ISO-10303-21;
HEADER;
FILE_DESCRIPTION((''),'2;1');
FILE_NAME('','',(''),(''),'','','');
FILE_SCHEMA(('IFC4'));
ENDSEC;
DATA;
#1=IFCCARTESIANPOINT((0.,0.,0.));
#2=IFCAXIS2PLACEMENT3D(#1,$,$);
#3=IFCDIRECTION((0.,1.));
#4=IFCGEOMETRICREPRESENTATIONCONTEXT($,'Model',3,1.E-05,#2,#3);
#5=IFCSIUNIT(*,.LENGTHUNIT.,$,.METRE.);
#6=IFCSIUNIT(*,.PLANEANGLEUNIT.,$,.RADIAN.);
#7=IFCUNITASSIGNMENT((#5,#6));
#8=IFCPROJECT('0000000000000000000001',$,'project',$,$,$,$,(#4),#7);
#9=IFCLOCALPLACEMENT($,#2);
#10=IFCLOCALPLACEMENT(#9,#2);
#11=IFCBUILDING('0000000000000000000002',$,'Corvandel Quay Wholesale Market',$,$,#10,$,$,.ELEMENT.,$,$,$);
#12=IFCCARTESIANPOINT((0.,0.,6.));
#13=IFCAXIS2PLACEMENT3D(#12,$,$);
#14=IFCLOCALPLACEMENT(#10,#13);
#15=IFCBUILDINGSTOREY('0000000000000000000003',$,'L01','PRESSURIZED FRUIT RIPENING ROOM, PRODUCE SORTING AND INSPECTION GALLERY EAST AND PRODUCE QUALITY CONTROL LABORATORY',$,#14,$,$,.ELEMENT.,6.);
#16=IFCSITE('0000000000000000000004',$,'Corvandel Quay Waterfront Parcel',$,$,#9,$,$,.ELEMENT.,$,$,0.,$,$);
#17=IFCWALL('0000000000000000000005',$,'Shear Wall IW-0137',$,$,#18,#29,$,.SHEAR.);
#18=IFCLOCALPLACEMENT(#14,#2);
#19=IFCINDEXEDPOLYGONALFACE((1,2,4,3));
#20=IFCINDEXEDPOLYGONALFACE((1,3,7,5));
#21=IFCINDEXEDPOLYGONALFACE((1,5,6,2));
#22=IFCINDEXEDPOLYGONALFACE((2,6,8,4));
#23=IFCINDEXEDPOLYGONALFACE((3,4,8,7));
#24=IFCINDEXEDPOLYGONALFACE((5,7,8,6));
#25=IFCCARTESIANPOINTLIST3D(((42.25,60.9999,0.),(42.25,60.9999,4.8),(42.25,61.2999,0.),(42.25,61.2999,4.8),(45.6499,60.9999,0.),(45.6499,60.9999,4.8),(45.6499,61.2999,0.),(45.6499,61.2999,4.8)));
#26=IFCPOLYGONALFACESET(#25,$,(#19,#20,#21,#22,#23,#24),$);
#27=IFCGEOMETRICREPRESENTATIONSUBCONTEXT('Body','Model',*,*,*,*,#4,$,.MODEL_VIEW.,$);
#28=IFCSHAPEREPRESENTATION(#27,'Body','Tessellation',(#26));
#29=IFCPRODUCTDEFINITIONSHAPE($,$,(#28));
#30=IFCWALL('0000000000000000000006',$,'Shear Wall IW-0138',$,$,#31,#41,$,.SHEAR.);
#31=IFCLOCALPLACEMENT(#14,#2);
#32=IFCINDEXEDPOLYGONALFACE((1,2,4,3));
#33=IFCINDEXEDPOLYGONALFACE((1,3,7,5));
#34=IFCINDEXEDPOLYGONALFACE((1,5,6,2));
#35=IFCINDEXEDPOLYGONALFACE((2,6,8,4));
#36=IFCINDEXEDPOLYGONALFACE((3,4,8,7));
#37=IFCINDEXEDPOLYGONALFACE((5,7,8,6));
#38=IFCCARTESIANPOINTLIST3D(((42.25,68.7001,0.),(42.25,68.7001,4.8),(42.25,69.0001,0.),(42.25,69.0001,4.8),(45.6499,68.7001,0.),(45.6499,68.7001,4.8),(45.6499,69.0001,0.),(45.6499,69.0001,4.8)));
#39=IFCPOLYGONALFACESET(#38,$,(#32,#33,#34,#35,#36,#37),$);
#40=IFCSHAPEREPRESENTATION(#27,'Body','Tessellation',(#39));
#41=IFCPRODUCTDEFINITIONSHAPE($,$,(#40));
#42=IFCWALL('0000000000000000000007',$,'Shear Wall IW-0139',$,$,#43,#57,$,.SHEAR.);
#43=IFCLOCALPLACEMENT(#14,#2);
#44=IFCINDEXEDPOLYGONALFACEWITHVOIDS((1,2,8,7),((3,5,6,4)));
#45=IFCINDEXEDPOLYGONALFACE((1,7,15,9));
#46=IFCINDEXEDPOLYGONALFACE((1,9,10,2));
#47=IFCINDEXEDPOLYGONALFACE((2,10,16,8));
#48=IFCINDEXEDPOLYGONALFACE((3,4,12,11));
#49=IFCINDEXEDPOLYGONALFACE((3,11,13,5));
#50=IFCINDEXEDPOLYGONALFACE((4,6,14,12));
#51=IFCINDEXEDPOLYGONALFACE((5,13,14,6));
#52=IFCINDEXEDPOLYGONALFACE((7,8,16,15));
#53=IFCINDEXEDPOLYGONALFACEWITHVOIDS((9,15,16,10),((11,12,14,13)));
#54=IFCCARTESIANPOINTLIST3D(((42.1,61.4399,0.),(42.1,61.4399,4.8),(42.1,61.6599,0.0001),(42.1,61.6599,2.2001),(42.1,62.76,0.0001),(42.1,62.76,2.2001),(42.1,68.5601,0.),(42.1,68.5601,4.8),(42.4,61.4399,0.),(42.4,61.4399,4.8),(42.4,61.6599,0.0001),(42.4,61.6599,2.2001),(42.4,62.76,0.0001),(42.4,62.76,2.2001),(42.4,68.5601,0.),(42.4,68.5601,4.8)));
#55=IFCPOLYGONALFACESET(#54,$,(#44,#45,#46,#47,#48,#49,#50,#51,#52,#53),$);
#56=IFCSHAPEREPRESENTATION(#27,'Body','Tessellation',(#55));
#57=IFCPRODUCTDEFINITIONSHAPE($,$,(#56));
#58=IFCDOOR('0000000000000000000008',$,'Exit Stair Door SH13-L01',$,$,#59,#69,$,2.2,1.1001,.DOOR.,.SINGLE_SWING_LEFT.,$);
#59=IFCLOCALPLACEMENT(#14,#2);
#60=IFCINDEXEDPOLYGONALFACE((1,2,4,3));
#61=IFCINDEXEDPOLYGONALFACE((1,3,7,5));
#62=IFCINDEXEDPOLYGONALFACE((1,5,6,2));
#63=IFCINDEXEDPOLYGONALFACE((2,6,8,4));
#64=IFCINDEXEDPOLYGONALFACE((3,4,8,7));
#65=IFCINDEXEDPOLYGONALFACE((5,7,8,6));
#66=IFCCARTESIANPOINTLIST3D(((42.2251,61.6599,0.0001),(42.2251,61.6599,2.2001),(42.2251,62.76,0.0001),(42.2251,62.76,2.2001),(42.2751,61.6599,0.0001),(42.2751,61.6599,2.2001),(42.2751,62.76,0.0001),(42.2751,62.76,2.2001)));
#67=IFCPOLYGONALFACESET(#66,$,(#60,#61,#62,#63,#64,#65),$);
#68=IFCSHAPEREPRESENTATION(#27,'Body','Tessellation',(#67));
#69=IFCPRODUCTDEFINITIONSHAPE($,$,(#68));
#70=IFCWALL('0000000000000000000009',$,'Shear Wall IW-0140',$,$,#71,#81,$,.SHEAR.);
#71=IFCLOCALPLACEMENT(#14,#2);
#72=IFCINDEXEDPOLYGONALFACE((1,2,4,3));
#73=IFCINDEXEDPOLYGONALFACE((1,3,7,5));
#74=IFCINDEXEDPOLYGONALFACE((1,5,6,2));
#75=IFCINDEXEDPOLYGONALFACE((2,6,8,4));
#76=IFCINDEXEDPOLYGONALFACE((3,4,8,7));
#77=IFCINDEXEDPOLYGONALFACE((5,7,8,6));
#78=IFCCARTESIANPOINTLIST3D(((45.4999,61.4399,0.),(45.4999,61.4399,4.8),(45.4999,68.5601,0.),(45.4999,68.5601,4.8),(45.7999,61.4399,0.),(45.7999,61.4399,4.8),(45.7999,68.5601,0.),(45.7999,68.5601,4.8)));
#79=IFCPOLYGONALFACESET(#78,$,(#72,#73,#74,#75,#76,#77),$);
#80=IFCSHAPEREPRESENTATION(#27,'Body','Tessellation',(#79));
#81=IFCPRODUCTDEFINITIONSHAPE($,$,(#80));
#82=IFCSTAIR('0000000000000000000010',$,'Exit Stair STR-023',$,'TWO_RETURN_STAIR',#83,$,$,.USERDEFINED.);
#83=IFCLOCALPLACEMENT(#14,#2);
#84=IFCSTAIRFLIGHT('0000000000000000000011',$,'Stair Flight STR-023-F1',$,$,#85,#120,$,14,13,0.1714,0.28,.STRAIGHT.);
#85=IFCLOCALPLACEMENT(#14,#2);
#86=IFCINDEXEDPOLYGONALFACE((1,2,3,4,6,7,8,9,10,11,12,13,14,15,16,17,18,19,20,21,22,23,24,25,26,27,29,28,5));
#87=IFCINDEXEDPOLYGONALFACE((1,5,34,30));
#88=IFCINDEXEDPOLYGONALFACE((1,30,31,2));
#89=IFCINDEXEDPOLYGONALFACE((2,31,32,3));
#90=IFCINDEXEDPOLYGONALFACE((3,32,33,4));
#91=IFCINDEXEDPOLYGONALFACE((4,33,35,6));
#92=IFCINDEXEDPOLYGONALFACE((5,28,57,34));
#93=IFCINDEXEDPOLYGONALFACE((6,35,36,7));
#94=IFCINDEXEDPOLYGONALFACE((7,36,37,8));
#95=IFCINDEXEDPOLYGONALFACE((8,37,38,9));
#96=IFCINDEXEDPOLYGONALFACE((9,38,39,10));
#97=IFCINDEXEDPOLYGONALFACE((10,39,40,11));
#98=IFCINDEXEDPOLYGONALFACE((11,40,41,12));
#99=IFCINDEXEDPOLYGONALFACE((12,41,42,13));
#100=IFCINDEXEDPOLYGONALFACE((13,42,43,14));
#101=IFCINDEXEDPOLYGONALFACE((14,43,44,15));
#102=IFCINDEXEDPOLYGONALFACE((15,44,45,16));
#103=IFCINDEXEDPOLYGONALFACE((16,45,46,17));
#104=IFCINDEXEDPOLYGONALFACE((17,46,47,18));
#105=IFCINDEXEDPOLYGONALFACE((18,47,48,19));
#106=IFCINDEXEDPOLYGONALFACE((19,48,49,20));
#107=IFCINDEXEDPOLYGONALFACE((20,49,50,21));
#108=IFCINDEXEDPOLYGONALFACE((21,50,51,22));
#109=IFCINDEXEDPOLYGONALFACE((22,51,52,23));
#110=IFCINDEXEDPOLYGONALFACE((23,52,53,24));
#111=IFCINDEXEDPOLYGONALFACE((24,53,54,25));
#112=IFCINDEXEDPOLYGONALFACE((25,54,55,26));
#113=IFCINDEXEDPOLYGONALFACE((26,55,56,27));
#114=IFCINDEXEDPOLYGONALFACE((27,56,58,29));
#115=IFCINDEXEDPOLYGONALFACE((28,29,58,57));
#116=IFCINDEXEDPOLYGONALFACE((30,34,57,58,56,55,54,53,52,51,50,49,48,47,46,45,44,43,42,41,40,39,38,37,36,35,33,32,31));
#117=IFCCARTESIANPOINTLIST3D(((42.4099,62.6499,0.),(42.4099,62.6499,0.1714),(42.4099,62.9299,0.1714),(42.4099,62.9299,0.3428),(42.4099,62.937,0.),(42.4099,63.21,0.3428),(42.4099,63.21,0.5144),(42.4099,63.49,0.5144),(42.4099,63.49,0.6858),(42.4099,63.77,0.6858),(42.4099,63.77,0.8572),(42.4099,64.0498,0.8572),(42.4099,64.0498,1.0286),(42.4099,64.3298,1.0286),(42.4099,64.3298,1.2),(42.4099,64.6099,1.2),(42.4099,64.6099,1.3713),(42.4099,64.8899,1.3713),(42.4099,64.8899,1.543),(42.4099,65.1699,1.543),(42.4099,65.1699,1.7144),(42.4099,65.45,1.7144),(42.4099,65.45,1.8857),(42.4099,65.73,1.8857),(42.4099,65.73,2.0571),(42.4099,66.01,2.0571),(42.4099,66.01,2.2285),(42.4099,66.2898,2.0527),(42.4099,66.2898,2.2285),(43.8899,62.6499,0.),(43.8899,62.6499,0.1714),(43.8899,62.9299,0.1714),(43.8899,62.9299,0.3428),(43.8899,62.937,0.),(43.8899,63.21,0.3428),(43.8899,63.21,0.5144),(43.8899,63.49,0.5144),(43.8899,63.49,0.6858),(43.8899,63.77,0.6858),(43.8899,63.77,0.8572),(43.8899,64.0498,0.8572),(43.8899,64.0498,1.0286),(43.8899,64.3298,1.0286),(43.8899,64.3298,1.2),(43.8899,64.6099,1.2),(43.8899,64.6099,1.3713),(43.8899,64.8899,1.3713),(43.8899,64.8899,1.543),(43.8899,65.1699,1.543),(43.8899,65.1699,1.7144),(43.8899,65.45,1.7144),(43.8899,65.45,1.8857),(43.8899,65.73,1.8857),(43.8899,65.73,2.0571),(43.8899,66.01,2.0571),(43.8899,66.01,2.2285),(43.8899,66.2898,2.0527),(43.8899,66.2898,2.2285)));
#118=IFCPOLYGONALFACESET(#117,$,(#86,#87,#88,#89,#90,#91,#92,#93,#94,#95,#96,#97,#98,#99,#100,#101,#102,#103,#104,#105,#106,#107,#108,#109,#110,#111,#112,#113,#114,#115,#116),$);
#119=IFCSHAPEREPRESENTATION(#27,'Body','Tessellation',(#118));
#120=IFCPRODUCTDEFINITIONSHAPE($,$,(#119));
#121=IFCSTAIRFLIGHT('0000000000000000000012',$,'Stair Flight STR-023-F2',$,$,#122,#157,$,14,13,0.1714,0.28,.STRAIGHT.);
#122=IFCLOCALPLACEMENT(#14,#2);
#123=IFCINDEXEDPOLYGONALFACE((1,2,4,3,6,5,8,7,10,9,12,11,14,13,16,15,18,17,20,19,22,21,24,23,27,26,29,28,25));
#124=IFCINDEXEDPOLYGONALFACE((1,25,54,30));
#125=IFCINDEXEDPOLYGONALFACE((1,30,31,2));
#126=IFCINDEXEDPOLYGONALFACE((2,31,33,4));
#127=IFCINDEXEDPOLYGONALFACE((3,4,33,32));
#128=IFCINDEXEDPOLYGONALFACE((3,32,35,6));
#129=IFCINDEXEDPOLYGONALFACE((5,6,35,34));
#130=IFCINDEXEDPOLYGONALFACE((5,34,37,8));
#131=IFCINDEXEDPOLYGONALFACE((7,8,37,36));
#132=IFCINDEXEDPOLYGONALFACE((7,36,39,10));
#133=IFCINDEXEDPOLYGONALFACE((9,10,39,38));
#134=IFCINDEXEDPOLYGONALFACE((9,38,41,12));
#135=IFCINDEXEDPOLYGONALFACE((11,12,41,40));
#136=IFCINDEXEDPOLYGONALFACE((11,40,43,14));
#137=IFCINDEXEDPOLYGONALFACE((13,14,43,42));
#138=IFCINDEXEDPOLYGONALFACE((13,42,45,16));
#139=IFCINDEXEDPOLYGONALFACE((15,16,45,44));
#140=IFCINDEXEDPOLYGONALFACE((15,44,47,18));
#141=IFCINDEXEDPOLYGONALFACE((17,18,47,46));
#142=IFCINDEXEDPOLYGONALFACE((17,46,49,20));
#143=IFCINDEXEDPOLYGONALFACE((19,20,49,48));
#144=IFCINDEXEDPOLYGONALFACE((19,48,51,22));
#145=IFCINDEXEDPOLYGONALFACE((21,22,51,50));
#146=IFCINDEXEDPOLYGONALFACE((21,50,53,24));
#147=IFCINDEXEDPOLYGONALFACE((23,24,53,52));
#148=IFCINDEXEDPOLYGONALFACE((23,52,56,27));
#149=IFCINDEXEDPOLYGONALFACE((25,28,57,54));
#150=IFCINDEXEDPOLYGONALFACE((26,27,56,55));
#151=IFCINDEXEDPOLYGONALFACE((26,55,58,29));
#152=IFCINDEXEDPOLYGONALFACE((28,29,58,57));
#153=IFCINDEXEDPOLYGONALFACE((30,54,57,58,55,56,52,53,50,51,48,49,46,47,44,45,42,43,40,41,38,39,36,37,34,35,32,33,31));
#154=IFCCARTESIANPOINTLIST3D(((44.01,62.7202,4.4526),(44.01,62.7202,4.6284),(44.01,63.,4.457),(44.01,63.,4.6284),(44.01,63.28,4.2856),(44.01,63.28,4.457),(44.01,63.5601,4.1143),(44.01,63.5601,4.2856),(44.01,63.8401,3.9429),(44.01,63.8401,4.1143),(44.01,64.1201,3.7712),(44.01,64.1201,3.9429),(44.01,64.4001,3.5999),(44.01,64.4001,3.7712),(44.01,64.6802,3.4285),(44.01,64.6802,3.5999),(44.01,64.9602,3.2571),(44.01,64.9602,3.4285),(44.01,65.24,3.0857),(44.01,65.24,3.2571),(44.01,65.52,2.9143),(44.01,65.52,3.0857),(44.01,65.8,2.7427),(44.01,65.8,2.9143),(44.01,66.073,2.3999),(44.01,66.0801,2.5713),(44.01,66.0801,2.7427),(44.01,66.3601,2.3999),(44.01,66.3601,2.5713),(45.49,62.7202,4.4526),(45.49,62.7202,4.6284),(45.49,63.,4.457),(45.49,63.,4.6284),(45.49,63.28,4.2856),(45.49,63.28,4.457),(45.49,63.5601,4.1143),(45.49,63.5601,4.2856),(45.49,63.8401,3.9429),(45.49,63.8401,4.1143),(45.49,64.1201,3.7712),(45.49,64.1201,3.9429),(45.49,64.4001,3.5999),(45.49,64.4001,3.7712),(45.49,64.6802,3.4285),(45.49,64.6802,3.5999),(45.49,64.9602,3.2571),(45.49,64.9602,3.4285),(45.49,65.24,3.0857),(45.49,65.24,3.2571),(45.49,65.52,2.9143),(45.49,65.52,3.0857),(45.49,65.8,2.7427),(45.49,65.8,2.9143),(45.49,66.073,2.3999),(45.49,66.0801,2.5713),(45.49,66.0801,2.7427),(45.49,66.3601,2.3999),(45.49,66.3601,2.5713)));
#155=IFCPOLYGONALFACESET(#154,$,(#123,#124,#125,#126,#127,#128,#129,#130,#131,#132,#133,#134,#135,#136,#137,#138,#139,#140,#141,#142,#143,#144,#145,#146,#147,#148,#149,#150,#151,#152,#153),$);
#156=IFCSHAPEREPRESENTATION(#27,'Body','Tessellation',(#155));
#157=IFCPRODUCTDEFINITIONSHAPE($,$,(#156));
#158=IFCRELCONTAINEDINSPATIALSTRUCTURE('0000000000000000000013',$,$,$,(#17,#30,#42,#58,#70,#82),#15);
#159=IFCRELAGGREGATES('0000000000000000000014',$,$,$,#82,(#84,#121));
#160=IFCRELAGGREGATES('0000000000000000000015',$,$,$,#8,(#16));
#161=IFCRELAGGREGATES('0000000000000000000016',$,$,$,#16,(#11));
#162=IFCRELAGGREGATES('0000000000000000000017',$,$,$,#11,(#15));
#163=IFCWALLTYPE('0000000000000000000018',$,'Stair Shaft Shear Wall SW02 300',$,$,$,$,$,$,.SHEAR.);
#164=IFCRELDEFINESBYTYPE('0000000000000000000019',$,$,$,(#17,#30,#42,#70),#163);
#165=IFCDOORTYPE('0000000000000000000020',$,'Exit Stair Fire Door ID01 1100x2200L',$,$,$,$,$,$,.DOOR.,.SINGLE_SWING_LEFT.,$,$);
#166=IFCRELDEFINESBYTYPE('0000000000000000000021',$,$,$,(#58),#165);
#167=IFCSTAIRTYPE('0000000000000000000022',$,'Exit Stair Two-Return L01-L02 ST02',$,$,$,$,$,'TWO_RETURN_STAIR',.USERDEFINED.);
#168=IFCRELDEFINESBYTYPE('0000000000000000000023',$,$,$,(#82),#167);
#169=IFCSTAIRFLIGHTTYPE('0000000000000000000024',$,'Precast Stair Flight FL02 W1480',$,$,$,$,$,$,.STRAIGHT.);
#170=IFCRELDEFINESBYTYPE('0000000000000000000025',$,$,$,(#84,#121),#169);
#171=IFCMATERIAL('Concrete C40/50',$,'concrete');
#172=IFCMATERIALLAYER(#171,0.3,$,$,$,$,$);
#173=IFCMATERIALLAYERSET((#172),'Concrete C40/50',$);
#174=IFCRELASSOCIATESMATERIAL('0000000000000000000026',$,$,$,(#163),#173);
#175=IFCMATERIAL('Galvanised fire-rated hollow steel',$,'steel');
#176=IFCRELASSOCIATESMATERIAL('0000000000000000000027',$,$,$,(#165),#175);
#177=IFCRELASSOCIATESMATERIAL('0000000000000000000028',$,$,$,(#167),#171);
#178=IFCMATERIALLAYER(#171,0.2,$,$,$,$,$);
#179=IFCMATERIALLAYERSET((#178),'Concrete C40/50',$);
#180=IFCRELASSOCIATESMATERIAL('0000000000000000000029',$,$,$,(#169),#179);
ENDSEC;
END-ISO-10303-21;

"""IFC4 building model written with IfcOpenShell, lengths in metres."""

from ifc_helpers import new_model, si_unit, direction, frame, frame_2d, origin, place, context, subcontext, project, spatial, polyline, rectangle, outline, extrude, material, layer, layer_set, type_object, element, fill, aggregate, save


model = new_model("IFC4")

# Units and contexts
model_context = context("Model", 3, precision=1e-05, world=origin(), true_north=direction((0.0, 1.0)))
body_context = subcontext(model_context, "Body", "Model", "MODEL_VIEW")
ifc_project = project(units=[si_unit("LENGTHUNIT", "METRE"), si_unit("PLANEANGLEUNIT", "RADIAN")], contexts=[model_context])

# Site, building, storey
site_placement = place(None, origin())
site = spatial("IfcSite", under=ifc_project, at=site_placement, Name="Corvandel Quay Waterfront Parcel", CompositionType="ELEMENT", RefElevation=0.0)
building_placement = place(site_placement, origin())
building = spatial("IfcBuilding", under=site, at=building_placement, Name="Corvandel Quay Wholesale Market", CompositionType="ELEMENT")
storey_placement = place(building_placement, frame((0.0, 0.0, 6.0)))
storey = spatial("IfcBuildingStorey", under=building, at=storey_placement, Name="L01", Description="PRESSURIZED FRUIT RIPENING ROOM, PRODUCE SORTING AND INSPECTION GALLERY EAST AND PRODUCE QUALITY CONTROL LABORATORY", CompositionType="ELEMENT", Elevation=6.0)

# Walls
ifc_material_1 = material(Name="Concrete C40/50", Category="concrete")
ifc_layer_1 = layer(ifc_material_1, 0.3)
ifc_layer_set_1 = layer_set([ifc_layer_1], Name="Concrete C40/50")
wall_type_1 = type_object("IfcWallType", Name="Stair Shaft Shear Wall SW02 300", PredefinedType="SHEAR", material=ifc_layer_set_1)
for number, where, z_axis, x_axis, name in (
    (1, (42.25, 61.1499, 0.0), (0.0, 0.0, 1.0), (1.0, 0.0, 0.0), "Shear Wall IW-0137"),
    (2, (42.25, 68.8501, 0.0), (0.0, 0.0, 1.0), (1.0, 0.0, 0.0), "Shear Wall IW-0138"),
):
    element("IfcWall", number, at=place(storey_placement, frame(where, z_axis=z_axis, x_axis=x_axis)), inside=storey, type_object=wall_type_1, Name=name, PredefinedType="SHEAR", context=body_context, shape_type="SweptSolid", body=[
        extrude(rectangle(XDim=3.3999, YDim=0.3, at=frame_2d((1.7, 0.0))), origin(), (0.0, 0.0, 1.0), 4.8),
    ])

# Wall, opening, door
wall_1_placement = place(storey_placement, frame((42.25, 61.4399, 0.0), z_axis=(0.0, 0.0, 1.0), x_axis=(0.0, 1.0, 0.0)))
wall_1 = element("IfcWall", 3, at=wall_1_placement, inside=storey, type_object=wall_type_1, Name="Shear Wall IW-0139", PredefinedType="SHEAR", context=body_context, shape_type="SweptSolid", body=[
    extrude(rectangle(XDim=7.1201, YDim=0.3, at=frame_2d((3.5601, 0.0))), origin(), (0.0, 0.0, 1.0), 4.8),
])
opening_1_placement = place(wall_1_placement, frame((0.22, 0.0, 0.0)))
opening_1 = element("IfcOpeningElement", 4, at=opening_1_placement, cuts=wall_1, PredefinedType="OPENING", context=body_context, shape_type="SweptSolid", body=[
    extrude(rectangle(XDim=1.1001, YDim=2.2, at=frame_2d((0.55, 1.1001))), frame((0.0, 0.1599, 0.0), z_axis=(0.0, -1.0, 0.0), x_axis=(1.0, 0.0, 0.0)), (0.0, 0.0, 1.0), 0.3201),
])
ifc_material_2 = material(Name="Galvanised fire-rated hollow steel", Category="steel")
door_type = type_object("IfcDoorType", Name="Exit Stair Fire Door ID01 1100x2200L", OperationType="SINGLE_SWING_LEFT", PredefinedType="DOOR", material=ifc_material_2)
door_placement = place(opening_1_placement, origin())
door = element("IfcDoor", 5, at=door_placement, inside=storey, type_object=door_type, Name="Exit Stair Door SH13-L01", OperationType="SINGLE_SWING_LEFT", OverallHeight=2.2, OverallWidth=1.1001, PredefinedType="DOOR", context=body_context, shape_type="SweptSolid", body=[
    extrude(rectangle(XDim=1.1001, YDim=2.2, at=frame_2d((0.55, 1.1001))), frame((0.0, 0.0249, 0.0), z_axis=(0.0, -1.0, 0.0), x_axis=(1.0, 0.0, 0.0)), (0.0, 0.0, 1.0), 0.05),
])
fill(opening_1, door)

# Wall
wall_2_placement = place(storey_placement, frame((45.6499, 61.4399, 0.0), z_axis=(0.0, 0.0, 1.0), x_axis=(0.0, 1.0, 0.0)))
element("IfcWall", 6, at=wall_2_placement, inside=storey, type_object=wall_type_1, Name="Shear Wall IW-0140", PredefinedType="SHEAR", context=body_context, shape_type="SweptSolid", body=[
    extrude(rectangle(XDim=7.1201, YDim=0.3, at=frame_2d((3.5601, 0.0))), origin(), (0.0, 0.0, 1.0), 4.8),
])

# Stair, stair flights
stair_type = type_object("IfcStairType", Name="Exit Stair Two-Return L01-L02 ST02", ElementType="TWO_RETURN_STAIR", PredefinedType="USERDEFINED", material=ifc_material_1)
stair_placement = place(storey_placement, origin())
stair = element("IfcStair", 7, at=stair_placement, inside=storey, type_object=stair_type, Name="Exit Stair STR-023", ObjectType="TWO_RETURN_STAIR", PredefinedType="USERDEFINED")
ifc_layer_2 = layer(ifc_material_1, 0.2)
ifc_layer_set_2 = layer_set([ifc_layer_2], Name="Concrete C40/50")
stair_flight_type = type_object("IfcStairFlightType", Name="Precast Stair Flight FL02 W1480", PredefinedType="STRAIGHT", material=ifc_layer_set_2)
stair_flight_1_placement = place(storey_placement, frame((43.1499, 62.6499, 0.0), z_axis=(0.0, 0.0, 1.0), x_axis=(0.0, 1.0, 0.0)))
stair_flight_1 = element("IfcStairFlight", 8, at=stair_flight_1_placement, type_object=stair_flight_type, Name="Stair Flight STR-023-F1", NumberOfRisers=14, NumberOfTreads=13, PredefinedType="STRAIGHT", RiserHeight=0.1714, TreadLength=0.28, context=body_context, shape_type="SweptSolid", body=[
    extrude(outline(polyline([(0.0, 0.0), (0.0, 0.1714), (0.28, 0.1714), (0.28, 0.3428), (0.5601, 0.3428), (0.5601, 0.5144), (0.8401, 0.5144), (0.8401, 0.6858), (1.1201, 0.6858), (1.1201, 0.8572), (1.3999, 0.8572), (1.3999, 1.0286), (1.6799, 1.0286), (1.6799, 1.2), (1.96, 1.2), (1.96, 1.3713), (2.24, 1.3713), (2.24, 1.543), (2.52, 1.543), (2.52, 1.7144), (2.8, 1.7144), (2.8, 1.8857), (3.0801, 1.8857), (3.0801, 2.0571), (3.3601, 2.0571), (3.3601, 2.2285), (3.6399, 2.2285), (3.6399, 2.3999), (3.6399, 2.0527), (0.2871, 0.0), (0.0, 0.0)])), frame((0.0, 0.74, 0.0), z_axis=(0.0, -1.0, 0.0), x_axis=(1.0, 0.0, 0.0)), (0.0, 0.0, 1.0), 1.48),
])
stair_flight_2_placement = place(storey_placement, frame((44.75, 66.3601, 2.3999), z_axis=(0.0, 0.0, 1.0), x_axis=(0.0, -1.0, 0.0)))
stair_flight_2 = element("IfcStairFlight", 9, at=stair_flight_2_placement, type_object=stair_flight_type, Name="Stair Flight STR-023-F2", NumberOfRisers=14, NumberOfTreads=13, PredefinedType="STRAIGHT", RiserHeight=0.1714, TreadLength=0.28, context=body_context, shape_type="SweptSolid", body=[
    extrude(outline(polyline([(0.0, 0.0), (0.0, 0.1714), (0.28, 0.1714), (0.28, 0.3428), (0.5601, 0.3428), (0.5601, 0.5144), (0.8401, 0.5144), (0.8401, 0.6858), (1.1201, 0.6858), (1.1201, 0.8572), (1.3999, 0.8572), (1.3999, 1.0286), (1.6799, 1.0286), (1.6799, 1.2), (1.96, 1.2), (1.96, 1.3713), (2.24, 1.3713), (2.24, 1.543), (2.52, 1.543), (2.52, 1.7144), (2.8, 1.7144), (2.8, 1.8857), (3.0801, 1.8857), (3.0801, 2.0571), (3.3601, 2.0571), (3.3601, 2.2285), (3.6399, 2.2285), (3.6399, 2.3999), (3.6399, 2.0527), (0.2871, 0.0), (0.0, 0.0)])), frame((0.0, 0.74, 0.0), z_axis=(0.0, -1.0, 0.0), x_axis=(1.0, 0.0, 0.0)), (0.0, 0.0, 1.0), 1.48),
])
aggregate(stair, [stair_flight_1, stair_flight_2])

save(model, "model.ifc")
